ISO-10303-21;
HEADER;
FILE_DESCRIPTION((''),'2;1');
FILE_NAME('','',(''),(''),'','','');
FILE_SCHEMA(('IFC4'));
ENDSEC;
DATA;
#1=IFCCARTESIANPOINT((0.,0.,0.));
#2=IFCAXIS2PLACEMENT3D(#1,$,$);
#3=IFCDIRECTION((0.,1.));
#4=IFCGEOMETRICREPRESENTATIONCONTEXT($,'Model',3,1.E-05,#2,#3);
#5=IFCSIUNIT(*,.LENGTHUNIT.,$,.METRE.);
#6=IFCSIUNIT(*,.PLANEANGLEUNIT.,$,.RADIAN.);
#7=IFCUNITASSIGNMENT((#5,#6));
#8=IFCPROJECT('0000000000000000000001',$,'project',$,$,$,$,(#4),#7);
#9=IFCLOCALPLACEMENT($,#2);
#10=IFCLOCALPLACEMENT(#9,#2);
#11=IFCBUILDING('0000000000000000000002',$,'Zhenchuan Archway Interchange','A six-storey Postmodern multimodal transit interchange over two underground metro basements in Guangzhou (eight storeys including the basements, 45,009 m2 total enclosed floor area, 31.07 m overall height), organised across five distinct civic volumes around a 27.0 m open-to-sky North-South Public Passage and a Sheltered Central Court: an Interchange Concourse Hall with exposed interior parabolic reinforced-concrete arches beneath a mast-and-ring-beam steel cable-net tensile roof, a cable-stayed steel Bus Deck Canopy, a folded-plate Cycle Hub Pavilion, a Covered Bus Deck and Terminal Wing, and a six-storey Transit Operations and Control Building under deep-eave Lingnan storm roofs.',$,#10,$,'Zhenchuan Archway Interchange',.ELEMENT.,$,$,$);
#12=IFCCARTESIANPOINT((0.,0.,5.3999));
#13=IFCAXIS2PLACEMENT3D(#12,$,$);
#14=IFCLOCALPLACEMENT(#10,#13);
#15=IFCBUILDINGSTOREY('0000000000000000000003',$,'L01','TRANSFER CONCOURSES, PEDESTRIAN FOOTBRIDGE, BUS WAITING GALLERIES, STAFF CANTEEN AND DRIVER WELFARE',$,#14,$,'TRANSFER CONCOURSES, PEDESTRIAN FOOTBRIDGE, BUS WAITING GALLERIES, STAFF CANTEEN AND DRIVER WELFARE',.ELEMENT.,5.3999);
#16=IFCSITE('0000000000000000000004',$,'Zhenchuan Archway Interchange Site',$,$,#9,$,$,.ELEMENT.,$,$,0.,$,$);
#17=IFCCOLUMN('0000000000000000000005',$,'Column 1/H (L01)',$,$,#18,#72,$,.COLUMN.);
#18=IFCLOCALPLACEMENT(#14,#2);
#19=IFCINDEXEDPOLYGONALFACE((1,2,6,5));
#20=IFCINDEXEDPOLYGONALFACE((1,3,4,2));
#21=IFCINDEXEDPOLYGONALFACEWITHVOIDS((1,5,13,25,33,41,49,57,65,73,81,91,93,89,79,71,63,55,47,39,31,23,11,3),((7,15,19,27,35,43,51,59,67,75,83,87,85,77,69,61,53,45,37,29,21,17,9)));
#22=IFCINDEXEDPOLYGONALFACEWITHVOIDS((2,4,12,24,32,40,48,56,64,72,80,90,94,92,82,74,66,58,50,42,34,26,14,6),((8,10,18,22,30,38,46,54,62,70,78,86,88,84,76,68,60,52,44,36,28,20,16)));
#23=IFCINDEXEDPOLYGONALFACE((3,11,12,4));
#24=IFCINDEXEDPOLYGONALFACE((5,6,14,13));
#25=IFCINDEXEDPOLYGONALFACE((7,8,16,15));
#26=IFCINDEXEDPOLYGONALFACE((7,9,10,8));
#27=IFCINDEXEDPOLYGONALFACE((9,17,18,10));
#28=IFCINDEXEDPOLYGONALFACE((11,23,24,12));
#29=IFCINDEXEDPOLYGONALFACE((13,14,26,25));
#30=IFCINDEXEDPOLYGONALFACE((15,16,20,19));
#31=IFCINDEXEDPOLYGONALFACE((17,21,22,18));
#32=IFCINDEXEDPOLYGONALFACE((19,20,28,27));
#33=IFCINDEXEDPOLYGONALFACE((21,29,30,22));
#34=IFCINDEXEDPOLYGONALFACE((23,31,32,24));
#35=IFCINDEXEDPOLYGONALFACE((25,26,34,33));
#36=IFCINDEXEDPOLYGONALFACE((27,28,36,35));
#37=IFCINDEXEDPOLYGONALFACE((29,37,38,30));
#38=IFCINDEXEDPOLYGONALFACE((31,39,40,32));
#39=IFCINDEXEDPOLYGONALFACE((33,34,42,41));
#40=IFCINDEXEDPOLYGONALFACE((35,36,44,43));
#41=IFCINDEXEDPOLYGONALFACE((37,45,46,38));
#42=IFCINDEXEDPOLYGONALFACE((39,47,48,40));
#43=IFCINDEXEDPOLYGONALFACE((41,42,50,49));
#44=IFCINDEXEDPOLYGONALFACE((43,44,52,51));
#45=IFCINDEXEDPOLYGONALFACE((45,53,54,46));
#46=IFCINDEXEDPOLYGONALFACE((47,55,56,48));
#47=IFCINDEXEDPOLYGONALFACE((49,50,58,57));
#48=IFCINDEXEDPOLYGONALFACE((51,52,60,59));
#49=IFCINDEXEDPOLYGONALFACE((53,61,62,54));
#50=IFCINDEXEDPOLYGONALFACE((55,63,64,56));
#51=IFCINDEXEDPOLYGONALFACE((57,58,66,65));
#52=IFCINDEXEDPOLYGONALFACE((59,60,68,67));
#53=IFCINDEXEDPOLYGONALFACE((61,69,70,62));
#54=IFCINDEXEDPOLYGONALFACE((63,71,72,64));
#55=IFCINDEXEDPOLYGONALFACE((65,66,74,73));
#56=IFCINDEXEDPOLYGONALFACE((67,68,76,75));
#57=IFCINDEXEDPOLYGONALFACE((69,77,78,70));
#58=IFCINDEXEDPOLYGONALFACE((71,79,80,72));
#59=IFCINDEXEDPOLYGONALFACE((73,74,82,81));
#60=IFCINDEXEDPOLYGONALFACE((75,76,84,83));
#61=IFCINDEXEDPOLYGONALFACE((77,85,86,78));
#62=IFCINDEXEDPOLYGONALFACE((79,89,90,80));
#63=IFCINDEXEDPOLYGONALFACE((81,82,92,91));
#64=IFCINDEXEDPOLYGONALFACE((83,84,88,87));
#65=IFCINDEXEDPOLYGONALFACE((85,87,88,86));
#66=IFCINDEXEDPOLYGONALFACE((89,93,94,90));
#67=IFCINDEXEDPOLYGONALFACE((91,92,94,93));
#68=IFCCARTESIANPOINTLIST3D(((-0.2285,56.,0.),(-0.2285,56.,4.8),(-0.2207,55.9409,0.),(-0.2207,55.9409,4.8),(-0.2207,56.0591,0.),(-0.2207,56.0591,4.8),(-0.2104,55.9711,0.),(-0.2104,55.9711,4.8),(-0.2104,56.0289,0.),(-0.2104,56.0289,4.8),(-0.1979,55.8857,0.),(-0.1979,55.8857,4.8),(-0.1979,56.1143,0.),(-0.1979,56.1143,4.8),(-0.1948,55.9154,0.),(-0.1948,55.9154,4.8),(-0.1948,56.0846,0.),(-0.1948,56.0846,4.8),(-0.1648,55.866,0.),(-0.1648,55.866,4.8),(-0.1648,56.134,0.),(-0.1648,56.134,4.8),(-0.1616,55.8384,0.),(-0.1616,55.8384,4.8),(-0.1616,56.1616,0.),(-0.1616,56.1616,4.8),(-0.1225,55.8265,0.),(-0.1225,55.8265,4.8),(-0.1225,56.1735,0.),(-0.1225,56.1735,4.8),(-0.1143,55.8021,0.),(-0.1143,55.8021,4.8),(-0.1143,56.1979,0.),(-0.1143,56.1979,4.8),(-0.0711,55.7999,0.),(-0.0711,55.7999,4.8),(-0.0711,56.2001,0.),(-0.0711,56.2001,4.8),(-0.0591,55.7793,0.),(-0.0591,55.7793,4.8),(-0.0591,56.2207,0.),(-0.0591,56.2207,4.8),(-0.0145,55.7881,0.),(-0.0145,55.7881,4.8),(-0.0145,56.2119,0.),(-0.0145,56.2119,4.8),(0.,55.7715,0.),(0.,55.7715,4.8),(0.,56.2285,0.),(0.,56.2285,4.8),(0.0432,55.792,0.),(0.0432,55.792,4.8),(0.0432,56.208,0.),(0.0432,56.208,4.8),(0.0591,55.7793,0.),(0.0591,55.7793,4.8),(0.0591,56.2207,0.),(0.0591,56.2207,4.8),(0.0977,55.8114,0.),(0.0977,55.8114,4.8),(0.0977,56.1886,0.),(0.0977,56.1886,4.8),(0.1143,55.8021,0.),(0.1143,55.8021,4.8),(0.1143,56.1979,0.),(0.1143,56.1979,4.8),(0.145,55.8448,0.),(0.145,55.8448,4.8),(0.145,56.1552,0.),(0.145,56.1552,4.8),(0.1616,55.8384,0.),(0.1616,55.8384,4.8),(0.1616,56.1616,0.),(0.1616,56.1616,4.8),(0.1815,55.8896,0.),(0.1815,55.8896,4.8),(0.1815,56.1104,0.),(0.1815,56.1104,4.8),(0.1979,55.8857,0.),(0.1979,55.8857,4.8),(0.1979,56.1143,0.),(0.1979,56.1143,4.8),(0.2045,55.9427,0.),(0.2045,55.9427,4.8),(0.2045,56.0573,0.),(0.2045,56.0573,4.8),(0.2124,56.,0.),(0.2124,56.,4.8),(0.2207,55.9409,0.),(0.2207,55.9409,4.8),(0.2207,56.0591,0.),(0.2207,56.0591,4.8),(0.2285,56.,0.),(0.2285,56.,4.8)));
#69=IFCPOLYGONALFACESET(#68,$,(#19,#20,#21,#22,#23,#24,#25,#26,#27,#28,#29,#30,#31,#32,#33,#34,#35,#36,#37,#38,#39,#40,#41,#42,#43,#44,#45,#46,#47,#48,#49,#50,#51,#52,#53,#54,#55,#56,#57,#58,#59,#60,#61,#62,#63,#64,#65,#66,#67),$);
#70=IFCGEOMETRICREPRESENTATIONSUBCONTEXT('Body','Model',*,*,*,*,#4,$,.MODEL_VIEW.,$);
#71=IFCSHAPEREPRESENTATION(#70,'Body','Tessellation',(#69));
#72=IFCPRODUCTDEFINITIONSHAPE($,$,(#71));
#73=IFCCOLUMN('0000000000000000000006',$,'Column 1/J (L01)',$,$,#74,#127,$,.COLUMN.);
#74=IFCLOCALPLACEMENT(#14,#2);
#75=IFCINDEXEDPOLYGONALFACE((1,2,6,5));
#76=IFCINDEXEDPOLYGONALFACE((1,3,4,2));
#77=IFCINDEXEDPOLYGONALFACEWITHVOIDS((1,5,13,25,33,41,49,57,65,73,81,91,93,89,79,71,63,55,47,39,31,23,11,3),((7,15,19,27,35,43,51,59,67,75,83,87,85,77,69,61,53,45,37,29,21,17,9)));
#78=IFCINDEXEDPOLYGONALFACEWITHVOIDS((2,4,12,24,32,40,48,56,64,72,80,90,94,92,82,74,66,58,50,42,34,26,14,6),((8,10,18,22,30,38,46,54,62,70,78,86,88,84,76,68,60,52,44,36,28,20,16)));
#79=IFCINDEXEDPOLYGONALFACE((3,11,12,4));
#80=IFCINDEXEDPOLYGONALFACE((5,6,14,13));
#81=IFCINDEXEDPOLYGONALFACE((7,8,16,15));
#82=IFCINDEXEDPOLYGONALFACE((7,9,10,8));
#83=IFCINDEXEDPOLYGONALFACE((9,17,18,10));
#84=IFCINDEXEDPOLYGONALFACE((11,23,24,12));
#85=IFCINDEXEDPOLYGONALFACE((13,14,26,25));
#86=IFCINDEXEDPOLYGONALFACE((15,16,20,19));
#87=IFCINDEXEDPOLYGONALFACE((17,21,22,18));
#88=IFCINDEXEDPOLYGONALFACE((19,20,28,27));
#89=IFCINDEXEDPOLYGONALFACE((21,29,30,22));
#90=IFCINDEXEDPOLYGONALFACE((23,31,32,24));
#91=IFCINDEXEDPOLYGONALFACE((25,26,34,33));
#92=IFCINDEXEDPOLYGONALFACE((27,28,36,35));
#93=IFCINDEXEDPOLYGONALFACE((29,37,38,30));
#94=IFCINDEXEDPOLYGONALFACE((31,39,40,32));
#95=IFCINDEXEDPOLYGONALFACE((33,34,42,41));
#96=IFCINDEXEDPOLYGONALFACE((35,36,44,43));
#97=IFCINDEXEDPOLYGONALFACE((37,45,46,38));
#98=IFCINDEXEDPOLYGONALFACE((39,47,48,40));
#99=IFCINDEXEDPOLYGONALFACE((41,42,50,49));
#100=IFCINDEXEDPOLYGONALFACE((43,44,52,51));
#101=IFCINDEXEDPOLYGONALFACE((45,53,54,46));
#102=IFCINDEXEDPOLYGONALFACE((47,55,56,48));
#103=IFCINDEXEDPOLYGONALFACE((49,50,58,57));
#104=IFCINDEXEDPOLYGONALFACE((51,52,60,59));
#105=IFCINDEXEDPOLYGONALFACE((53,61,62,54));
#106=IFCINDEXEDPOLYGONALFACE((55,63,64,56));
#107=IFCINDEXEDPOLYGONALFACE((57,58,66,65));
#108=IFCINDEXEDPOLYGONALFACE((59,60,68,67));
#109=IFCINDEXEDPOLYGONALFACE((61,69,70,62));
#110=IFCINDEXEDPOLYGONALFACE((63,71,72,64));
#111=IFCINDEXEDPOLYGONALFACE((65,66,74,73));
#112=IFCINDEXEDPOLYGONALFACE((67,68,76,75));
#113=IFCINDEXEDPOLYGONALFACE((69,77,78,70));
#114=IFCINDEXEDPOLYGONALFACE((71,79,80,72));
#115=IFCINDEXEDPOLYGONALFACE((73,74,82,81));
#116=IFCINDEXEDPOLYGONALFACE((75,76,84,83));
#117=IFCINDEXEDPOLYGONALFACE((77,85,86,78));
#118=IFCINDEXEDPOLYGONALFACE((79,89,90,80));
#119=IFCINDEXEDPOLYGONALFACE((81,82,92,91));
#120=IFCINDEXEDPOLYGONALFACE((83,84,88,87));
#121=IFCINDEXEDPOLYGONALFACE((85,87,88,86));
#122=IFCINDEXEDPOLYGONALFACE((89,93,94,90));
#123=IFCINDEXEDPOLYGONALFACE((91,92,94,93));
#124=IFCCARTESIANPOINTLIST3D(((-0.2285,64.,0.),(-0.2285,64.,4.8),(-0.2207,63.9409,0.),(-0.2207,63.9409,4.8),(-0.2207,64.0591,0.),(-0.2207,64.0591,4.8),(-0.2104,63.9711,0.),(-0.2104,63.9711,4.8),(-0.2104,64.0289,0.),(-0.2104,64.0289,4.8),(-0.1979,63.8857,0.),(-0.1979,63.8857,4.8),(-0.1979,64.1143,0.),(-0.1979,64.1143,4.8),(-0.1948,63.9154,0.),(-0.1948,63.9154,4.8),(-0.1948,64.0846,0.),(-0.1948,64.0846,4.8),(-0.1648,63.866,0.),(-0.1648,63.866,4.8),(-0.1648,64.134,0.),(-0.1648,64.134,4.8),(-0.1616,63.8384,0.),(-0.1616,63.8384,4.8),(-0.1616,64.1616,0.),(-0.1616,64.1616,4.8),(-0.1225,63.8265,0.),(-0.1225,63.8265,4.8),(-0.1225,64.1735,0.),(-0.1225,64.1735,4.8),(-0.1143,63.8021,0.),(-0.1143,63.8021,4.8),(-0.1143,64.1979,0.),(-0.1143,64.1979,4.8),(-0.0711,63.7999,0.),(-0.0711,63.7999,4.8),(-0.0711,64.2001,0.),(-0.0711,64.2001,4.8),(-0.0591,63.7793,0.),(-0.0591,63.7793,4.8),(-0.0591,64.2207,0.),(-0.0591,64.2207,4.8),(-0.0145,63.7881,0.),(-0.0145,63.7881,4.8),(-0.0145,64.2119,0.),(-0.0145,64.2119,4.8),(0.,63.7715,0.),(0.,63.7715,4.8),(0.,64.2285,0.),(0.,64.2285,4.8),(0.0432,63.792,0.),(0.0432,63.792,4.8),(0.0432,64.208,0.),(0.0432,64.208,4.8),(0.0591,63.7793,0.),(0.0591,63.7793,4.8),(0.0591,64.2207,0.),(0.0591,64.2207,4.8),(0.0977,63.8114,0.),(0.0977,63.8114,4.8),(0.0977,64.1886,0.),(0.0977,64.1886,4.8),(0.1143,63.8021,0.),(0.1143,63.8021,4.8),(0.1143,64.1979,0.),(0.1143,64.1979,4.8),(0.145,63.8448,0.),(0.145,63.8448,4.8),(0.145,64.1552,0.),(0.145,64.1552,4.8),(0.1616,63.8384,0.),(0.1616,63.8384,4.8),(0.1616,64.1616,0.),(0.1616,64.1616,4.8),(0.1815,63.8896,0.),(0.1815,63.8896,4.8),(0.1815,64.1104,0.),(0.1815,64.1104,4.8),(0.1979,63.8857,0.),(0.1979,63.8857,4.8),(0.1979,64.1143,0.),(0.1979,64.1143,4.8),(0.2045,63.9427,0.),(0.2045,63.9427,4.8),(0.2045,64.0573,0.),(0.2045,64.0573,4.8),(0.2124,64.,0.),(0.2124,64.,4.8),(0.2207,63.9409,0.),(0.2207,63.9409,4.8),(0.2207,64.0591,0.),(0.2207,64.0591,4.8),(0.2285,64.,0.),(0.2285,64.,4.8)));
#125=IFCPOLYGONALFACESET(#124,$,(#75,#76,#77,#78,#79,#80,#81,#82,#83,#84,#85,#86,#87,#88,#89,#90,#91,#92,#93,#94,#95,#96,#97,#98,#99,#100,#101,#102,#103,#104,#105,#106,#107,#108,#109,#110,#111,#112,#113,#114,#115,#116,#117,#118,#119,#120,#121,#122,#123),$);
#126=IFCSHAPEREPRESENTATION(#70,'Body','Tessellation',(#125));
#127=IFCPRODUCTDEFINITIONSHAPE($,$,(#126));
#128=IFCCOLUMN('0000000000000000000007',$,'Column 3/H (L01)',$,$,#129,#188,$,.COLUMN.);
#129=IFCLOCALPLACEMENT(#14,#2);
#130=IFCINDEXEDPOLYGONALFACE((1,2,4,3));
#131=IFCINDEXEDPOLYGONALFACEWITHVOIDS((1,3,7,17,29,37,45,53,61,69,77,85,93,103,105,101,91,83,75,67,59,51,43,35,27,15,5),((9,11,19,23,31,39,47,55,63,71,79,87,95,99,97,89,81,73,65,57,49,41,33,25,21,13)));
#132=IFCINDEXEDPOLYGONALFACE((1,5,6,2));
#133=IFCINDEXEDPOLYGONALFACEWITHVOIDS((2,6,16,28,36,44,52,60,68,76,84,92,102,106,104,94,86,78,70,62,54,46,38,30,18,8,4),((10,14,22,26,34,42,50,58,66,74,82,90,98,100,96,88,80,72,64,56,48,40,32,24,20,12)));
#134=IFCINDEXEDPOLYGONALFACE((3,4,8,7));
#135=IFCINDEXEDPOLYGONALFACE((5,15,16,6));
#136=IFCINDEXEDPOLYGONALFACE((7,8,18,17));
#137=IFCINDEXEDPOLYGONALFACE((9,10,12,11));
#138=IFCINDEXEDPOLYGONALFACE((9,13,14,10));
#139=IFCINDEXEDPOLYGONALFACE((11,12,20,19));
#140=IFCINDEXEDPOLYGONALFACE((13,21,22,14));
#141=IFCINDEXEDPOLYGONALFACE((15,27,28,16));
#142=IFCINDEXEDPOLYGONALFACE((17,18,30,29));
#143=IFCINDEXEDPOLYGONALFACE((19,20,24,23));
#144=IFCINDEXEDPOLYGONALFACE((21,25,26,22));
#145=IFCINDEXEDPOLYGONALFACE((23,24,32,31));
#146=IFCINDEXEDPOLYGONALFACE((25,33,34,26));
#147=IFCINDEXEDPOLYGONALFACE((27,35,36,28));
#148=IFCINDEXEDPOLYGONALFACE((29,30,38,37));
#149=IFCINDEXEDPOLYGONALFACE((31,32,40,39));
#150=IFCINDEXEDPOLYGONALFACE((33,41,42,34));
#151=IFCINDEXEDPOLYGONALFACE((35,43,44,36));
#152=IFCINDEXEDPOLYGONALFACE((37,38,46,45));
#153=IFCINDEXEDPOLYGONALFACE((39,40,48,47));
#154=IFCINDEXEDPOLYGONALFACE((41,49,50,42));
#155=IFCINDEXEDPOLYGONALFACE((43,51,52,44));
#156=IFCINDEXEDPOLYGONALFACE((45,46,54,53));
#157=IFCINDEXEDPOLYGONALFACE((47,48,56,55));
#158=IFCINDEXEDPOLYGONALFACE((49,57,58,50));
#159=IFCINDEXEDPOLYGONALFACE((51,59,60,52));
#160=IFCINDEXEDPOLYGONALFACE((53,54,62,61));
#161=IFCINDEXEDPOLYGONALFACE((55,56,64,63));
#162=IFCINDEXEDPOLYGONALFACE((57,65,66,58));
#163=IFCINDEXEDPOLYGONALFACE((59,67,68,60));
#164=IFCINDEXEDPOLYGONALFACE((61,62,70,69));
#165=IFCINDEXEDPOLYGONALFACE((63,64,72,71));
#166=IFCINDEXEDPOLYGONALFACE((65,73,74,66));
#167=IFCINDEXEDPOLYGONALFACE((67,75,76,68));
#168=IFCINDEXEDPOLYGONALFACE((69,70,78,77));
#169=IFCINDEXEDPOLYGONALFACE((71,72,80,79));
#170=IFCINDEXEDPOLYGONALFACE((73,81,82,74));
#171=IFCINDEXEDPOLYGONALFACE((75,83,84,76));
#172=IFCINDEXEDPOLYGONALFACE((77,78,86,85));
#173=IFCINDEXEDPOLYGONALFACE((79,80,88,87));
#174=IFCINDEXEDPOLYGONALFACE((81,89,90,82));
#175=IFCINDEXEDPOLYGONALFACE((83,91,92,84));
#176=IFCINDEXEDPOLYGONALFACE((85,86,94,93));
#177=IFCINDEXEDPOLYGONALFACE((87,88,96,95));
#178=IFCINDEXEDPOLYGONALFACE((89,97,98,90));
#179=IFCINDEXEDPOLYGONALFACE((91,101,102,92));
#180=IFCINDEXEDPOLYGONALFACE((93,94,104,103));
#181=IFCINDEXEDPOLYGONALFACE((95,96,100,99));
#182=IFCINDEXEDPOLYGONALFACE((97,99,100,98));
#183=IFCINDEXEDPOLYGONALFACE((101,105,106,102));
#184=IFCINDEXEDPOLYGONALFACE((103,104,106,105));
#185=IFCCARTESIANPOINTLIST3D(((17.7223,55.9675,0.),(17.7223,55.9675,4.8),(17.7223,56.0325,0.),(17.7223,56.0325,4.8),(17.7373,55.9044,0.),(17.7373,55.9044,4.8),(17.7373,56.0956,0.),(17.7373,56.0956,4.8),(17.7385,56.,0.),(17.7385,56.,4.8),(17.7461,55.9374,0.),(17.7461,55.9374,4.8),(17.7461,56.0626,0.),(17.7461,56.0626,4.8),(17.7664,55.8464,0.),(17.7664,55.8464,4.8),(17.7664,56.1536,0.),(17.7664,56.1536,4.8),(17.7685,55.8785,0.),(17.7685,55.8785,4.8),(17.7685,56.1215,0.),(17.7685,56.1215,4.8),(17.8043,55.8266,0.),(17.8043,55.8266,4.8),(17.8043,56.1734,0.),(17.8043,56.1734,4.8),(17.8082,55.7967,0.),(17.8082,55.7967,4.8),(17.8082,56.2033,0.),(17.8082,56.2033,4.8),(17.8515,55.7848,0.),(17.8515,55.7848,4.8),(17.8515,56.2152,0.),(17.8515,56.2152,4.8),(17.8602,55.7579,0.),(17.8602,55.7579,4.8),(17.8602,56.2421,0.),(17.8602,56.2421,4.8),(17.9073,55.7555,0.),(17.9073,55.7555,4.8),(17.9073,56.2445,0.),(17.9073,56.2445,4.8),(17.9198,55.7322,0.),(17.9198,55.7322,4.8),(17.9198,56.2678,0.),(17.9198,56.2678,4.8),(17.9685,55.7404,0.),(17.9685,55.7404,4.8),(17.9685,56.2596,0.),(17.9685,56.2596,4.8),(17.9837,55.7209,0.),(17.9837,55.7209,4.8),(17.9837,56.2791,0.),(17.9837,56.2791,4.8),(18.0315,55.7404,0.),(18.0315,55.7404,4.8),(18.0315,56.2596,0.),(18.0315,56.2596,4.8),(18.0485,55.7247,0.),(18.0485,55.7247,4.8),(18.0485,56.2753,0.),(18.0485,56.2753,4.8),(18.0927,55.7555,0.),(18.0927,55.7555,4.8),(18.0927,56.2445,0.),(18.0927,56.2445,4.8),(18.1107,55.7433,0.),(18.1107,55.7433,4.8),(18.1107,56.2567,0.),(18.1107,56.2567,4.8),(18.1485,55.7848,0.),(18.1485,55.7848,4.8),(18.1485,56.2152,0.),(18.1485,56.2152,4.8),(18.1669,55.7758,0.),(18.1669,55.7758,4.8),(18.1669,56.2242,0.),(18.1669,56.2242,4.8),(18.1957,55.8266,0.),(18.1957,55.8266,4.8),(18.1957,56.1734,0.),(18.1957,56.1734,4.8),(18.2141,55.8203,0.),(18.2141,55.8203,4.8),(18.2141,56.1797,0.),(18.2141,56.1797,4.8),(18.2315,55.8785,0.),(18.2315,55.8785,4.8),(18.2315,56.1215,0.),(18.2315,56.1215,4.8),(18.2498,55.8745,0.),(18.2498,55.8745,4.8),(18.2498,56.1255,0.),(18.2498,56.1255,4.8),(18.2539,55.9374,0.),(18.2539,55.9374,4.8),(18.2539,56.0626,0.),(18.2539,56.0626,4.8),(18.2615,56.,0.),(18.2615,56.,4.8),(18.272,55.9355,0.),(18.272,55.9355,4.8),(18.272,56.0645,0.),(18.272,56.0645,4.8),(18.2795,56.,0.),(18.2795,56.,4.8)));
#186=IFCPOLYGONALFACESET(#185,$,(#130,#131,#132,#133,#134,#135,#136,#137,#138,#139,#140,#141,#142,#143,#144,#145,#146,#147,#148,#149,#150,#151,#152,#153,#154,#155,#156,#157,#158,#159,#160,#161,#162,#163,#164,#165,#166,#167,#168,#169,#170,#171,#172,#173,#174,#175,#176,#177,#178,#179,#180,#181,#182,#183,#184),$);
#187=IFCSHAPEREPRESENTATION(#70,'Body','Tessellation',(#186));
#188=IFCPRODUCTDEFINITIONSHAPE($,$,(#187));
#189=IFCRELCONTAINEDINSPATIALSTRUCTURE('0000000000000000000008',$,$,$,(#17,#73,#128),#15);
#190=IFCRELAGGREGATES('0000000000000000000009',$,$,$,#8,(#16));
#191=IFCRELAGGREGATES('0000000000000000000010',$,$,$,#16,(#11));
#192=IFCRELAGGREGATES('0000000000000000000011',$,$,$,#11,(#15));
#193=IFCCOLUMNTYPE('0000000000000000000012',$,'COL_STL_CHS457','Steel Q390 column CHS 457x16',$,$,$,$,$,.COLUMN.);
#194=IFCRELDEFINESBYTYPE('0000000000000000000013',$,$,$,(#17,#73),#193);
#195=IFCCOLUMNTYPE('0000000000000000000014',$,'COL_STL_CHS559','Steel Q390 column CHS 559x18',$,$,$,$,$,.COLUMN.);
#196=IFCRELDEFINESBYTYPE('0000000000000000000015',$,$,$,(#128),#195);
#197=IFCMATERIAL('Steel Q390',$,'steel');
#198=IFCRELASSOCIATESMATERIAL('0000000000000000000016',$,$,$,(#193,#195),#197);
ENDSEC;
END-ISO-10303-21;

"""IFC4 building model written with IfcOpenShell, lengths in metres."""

from ifc_helpers import new_model, si_unit, direction, frame, origin, origin_2d, place, context, subcontext, project, spatial, hollow_circle, extrude, material, material_profile, profile_set, type_object, element, save


model = new_model("IFC4")

# Units and contexts
model_context = context("Model", 3, precision=1e-05, world=origin(), true_north=direction((0.0, 1.0)))
body_context = subcontext(model_context, "Body", "Model", "MODEL_VIEW")
ifc_project = project(units=[si_unit("LENGTHUNIT", "METRE"), si_unit("PLANEANGLEUNIT", "RADIAN")], contexts=[model_context])

# Site, building, storey
site_placement = place(None, origin())
site = spatial("IfcSite", under=ifc_project, at=site_placement, Name="Zhenchuan Archway Interchange Site", CompositionType="ELEMENT", RefElevation=0.0)
building_placement = place(site_placement, origin())
building = spatial("IfcBuilding", under=site, at=building_placement, Name="Zhenchuan Archway Interchange", Description="A six-storey Postmodern multimodal transit interchange over two underground metro basements in Guangzhou (eight storeys including the basements, 45,009 m2 total enclosed floor area, 31.07 m overall height), organised across five distinct civic volumes around a 27.0 m open-to-sky North-South Public Passage and a Sheltered Central Court: an Interchange Concourse Hall with exposed interior parabolic reinforced-concrete arches beneath a mast-and-ring-beam steel cable-net tensile roof, a cable-stayed steel Bus Deck Canopy, a folded-plate Cycle Hub Pavilion, a Covered Bus Deck and Terminal Wing, and a six-storey Transit Operations and Control Building under deep-eave Lingnan storm roofs.", LongName="Zhenchuan Archway Interchange", CompositionType="ELEMENT")
storey_placement = place(building_placement, frame((0.0, 0.0, 5.3999)))
storey = spatial("IfcBuildingStorey", under=building, at=storey_placement, Name="L01", Description="TRANSFER CONCOURSES, PEDESTRIAN FOOTBRIDGE, BUS WAITING GALLERIES, STAFF CANTEEN AND DRIVER WELFARE", LongName="TRANSFER CONCOURSES, PEDESTRIAN FOOTBRIDGE, BUS WAITING GALLERIES, STAFF CANTEEN AND DRIVER WELFARE", CompositionType="ELEMENT", Elevation=5.3999)

# Columns
ifc_material_1 = material(Name="Steel Q390", Category="steel")
ifc_material_profile_1 = material_profile(ifc_material_1, hollow_circle(Radius=0.2285, WallThickness=0.0161, at=origin_2d()), Name="CHS 457x16")
ifc_profile_set_1 = profile_set([ifc_material_profile_1], Name="Steel Q390")
column_type_1 = type_object("IfcColumnType", Name="COL_STL_CHS457", Description="Steel Q390 column CHS 457x16", PredefinedType="COLUMN", material=ifc_profile_set_1)
for number, where, z_axis, x_axis, name in (
    (1, (0.0, 56.0, 0.0), (0.0, 0.0, 1.0), (1.0, 0.0, 0.0), "Column 1/H (L01)"),
    (2, (0.0, 64.0, 0.0), (0.0, 0.0, 1.0), (1.0, 0.0, 0.0), "Column 1/J (L01)"),
):
    element("IfcColumn", number, at=place(storey_placement, frame(where, z_axis=z_axis, x_axis=x_axis)), inside=storey, type_object=column_type_1, Name=name, PredefinedType="COLUMN", context=body_context, shape_type="SweptSolid", body=[
        extrude(hollow_circle(Radius=0.2285, WallThickness=0.0161, at=origin_2d()), origin(), (0.0, 0.0, 1.0), 4.8),
    ])
ifc_material_profile_2 = material_profile(ifc_material_1, hollow_circle(Radius=0.2795, WallThickness=0.0181, at=origin_2d()), Name="CHS 559x18")
ifc_profile_set_2 = profile_set([ifc_material_profile_2], Name="Steel Q390")
column_type_2 = type_object("IfcColumnType", Name="COL_STL_CHS559", Description="Steel Q390 column CHS 559x18", PredefinedType="COLUMN", material=ifc_profile_set_2)
column_placement = place(storey_placement, frame((18.0, 56.0, 0.0), z_axis=(0.0, 0.0, 1.0), x_axis=(1.0, 0.0, 0.0)))
element("IfcColumn", 3, at=column_placement, inside=storey, type_object=column_type_2, Name="Column 3/H (L01)", PredefinedType="COLUMN", context=body_context, shape_type="SweptSolid", body=[
    extrude(hollow_circle(Radius=0.2795, WallThickness=0.0181, at=origin_2d()), origin(), (0.0, 0.0, 1.0), 4.8),
])

save(model, "model.ifc")
